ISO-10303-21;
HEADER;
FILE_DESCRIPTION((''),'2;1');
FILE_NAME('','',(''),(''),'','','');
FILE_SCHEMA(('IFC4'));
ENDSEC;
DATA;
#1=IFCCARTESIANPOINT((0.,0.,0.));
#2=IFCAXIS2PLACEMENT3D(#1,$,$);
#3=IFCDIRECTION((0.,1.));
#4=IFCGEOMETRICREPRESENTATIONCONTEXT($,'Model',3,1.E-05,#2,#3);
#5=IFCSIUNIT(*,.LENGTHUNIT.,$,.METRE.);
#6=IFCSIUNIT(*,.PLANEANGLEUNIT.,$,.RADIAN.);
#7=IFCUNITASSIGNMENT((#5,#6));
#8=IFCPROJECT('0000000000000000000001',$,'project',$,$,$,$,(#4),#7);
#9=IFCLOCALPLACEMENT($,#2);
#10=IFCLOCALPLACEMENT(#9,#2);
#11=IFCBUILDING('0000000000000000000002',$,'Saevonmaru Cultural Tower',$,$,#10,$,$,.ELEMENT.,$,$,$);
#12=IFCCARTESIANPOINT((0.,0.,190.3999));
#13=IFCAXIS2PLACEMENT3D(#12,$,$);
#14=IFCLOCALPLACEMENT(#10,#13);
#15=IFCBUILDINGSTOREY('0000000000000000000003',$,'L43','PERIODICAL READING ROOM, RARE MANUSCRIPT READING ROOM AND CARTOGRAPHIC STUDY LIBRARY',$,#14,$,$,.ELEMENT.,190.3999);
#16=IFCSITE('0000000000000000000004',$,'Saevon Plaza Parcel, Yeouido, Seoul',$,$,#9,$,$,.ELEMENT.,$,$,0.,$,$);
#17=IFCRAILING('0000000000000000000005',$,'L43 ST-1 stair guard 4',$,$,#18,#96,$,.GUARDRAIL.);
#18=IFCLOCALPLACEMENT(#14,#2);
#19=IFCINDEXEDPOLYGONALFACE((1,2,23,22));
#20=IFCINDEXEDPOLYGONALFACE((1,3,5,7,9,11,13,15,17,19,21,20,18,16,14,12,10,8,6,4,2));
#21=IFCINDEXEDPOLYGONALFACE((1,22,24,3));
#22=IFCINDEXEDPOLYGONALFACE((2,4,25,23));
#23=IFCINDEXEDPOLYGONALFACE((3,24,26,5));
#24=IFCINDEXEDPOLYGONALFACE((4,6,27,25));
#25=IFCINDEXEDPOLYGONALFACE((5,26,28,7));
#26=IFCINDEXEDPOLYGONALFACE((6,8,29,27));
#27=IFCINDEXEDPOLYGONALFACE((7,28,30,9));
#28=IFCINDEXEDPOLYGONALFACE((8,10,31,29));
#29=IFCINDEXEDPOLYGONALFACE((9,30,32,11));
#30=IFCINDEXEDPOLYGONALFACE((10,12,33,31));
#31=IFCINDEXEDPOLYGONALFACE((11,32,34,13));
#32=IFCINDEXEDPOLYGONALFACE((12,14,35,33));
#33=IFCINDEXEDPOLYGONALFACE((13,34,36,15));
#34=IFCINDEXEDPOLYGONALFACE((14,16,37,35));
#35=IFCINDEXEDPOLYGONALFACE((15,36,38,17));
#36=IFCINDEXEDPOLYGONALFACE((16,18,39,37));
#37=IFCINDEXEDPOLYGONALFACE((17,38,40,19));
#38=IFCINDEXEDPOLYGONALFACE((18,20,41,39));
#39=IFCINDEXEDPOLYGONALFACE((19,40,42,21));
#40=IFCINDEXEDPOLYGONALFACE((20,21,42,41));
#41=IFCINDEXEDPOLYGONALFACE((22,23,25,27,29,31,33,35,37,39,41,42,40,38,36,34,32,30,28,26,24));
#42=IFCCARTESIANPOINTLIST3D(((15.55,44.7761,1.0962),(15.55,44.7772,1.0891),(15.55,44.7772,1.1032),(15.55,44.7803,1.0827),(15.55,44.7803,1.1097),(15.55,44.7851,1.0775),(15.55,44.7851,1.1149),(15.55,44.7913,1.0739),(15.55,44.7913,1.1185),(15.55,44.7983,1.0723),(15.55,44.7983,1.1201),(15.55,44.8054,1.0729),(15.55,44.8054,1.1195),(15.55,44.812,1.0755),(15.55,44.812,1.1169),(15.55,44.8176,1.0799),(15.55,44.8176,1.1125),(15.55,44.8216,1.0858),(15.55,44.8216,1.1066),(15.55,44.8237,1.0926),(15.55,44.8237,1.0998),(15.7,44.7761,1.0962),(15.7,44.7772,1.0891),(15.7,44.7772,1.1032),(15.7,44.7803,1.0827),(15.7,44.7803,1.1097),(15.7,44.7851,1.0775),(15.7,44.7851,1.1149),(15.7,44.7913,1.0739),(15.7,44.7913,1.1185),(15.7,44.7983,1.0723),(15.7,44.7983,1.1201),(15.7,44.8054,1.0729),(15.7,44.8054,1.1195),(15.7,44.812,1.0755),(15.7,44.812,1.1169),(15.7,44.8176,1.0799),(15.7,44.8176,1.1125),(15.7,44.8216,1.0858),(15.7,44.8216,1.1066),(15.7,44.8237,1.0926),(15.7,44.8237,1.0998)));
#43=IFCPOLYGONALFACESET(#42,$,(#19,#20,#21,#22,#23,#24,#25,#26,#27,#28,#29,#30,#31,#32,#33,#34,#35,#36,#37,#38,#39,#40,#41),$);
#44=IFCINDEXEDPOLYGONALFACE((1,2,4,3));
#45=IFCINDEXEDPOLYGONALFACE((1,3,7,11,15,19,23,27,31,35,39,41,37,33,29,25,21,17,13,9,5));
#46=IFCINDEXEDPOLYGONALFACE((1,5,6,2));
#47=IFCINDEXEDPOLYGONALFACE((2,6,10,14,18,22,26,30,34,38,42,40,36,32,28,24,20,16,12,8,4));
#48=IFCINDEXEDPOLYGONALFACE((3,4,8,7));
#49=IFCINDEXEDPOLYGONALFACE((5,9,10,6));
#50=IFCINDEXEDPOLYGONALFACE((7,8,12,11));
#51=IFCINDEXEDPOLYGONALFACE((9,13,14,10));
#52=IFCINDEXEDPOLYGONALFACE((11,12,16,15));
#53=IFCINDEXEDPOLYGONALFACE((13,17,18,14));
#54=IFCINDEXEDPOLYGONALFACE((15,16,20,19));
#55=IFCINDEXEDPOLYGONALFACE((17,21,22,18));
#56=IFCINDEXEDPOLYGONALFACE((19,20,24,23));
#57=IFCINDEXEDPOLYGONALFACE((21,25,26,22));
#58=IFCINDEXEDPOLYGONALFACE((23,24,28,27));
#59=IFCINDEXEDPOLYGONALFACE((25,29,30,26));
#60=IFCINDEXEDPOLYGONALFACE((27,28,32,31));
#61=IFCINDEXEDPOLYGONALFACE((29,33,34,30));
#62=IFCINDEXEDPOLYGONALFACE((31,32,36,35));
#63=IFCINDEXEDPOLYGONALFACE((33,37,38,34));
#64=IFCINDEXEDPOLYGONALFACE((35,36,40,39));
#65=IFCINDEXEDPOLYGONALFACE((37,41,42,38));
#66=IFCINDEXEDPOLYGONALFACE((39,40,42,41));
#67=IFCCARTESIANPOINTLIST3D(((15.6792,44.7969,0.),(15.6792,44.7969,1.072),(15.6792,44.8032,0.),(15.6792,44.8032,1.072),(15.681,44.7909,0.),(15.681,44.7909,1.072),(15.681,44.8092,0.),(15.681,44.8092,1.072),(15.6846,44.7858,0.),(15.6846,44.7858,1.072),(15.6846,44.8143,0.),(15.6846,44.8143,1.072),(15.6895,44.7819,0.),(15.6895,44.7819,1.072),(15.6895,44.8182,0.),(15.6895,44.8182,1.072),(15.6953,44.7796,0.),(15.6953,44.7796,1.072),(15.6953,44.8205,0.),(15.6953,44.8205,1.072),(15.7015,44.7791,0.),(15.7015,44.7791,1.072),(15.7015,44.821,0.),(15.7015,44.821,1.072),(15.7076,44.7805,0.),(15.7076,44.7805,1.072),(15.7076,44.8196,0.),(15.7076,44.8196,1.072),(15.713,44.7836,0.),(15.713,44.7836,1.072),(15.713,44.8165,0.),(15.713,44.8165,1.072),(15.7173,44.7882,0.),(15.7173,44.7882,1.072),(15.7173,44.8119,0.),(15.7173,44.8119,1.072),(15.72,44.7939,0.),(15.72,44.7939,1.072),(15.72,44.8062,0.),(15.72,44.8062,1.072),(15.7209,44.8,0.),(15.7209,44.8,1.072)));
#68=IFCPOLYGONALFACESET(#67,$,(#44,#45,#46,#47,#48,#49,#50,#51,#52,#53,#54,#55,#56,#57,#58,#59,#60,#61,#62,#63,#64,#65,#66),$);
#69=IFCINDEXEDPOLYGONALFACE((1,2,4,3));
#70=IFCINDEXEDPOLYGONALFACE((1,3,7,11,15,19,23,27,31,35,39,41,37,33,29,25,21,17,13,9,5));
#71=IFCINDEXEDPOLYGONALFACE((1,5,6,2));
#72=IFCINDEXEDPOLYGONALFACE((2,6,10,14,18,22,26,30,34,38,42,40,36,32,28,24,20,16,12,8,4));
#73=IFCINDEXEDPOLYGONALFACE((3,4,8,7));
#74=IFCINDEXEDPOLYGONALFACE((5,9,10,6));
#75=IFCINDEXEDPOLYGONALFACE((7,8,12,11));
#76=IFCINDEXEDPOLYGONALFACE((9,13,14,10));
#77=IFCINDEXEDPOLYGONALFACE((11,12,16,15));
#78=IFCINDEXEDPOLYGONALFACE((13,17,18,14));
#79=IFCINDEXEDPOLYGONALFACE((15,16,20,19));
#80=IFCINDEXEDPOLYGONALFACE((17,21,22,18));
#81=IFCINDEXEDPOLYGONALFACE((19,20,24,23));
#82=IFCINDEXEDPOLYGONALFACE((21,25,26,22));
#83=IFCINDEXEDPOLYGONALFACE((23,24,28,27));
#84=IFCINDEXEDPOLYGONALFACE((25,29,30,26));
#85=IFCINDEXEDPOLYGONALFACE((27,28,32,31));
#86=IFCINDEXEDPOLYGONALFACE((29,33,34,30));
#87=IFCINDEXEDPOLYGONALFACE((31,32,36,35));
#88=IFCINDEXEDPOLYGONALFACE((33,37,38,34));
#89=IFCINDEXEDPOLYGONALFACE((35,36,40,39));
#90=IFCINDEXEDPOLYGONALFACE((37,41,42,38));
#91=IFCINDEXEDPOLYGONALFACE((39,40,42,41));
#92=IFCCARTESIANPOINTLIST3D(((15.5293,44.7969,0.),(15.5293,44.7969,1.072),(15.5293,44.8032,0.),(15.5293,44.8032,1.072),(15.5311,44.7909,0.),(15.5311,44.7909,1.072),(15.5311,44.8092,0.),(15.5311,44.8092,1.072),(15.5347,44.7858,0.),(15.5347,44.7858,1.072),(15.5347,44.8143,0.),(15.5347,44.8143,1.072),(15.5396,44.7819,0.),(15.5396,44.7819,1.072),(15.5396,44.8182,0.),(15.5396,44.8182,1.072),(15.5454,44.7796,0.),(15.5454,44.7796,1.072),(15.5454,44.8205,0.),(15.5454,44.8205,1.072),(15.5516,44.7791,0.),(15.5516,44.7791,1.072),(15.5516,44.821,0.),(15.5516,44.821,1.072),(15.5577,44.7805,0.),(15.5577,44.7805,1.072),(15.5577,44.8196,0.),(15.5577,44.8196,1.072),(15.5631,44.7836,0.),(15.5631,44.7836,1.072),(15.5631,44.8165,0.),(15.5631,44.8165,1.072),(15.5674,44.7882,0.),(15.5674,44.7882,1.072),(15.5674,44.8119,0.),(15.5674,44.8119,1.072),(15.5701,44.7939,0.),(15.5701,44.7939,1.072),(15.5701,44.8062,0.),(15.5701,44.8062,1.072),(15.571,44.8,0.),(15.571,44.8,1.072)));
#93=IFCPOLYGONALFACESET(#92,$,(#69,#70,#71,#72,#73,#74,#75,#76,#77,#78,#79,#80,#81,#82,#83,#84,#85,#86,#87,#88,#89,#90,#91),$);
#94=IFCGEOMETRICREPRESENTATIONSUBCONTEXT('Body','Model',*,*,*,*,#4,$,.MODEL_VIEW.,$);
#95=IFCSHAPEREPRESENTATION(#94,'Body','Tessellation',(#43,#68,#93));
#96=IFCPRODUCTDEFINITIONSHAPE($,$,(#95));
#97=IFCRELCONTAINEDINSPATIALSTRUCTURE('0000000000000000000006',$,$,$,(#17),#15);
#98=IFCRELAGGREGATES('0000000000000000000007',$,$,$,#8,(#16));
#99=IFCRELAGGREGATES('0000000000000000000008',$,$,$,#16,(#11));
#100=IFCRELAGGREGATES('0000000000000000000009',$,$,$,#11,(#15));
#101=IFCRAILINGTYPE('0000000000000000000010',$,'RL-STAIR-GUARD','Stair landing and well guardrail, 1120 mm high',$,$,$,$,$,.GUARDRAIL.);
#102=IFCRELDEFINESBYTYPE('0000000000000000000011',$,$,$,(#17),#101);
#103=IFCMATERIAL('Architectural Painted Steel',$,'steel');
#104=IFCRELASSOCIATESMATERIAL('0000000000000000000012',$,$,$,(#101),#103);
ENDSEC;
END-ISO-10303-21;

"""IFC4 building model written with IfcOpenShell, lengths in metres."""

from ifc_helpers import new_model, si_unit, direction, frame, origin, origin_2d, place, context, subcontext, project, spatial, circle, extrude, material, type_object, element, save


model = new_model("IFC4")

# Units and contexts
model_context = context("Model", 3, precision=1e-05, world=origin(), true_north=direction((0.0, 1.0)))
body_context = subcontext(model_context, "Body", "Model", "MODEL_VIEW")
ifc_project = project(units=[si_unit("LENGTHUNIT", "METRE"), si_unit("PLANEANGLEUNIT", "RADIAN")], contexts=[model_context])

# Site, building, storey
site_placement = place(None, origin())
site = spatial("IfcSite", under=ifc_project, at=site_placement, Name="Saevon Plaza Parcel, Yeouido, Seoul", CompositionType="ELEMENT", RefElevation=0.0)
building_placement = place(site_placement, origin())
building = spatial("IfcBuilding", under=site, at=building_placement, Name="Saevonmaru Cultural Tower", CompositionType="ELEMENT")
storey_placement = place(building_placement, frame((0.0, 0.0, 190.3999)))
storey = spatial("IfcBuildingStorey", under=building, at=storey_placement, Name="L43", Description="PERIODICAL READING ROOM, RARE MANUSCRIPT READING ROOM AND CARTOGRAPHIC STUDY LIBRARY", CompositionType="ELEMENT", Elevation=190.3999)

# Railing
ifc_material_1 = material(Name="Architectural Painted Steel", Category="steel")
railing_type_1 = type_object("IfcRailingType", Name="RL-STAIR-GUARD", Description="Stair landing and well guardrail, 1120 mm high", PredefinedType="GUARDRAIL", material=ifc_material_1)
railing_1_placement = place(storey_placement, frame((15.7, 44.8, 0.0)))
element("IfcRailing", 1, at=railing_1_placement, inside=storey, type_object=railing_type_1, Name="L43 ST-1 stair guard 4", PredefinedType="GUARDRAIL", context=body_context, shape_type="SweptSolid", body=[
    extrude(circle(Radius=0.0239, at=origin_2d()), frame((0.0, 0.0, 1.0962), z_axis=(-1.0, 0.0, 0.0), x_axis=(0.0, -1.0, 0.0)), (0.0, 0.0, 1.0), 0.1499),
    extrude(circle(Radius=0.021, at=origin_2d()), origin(), (0.0, 0.0, 1.0), 1.072),
    extrude(circle(Radius=0.021, at=origin_2d()), frame((-0.1499, 0.0, 0.0)), (0.0, 0.0, 1.0), 1.072),
])

save(model, "model.ifc")
